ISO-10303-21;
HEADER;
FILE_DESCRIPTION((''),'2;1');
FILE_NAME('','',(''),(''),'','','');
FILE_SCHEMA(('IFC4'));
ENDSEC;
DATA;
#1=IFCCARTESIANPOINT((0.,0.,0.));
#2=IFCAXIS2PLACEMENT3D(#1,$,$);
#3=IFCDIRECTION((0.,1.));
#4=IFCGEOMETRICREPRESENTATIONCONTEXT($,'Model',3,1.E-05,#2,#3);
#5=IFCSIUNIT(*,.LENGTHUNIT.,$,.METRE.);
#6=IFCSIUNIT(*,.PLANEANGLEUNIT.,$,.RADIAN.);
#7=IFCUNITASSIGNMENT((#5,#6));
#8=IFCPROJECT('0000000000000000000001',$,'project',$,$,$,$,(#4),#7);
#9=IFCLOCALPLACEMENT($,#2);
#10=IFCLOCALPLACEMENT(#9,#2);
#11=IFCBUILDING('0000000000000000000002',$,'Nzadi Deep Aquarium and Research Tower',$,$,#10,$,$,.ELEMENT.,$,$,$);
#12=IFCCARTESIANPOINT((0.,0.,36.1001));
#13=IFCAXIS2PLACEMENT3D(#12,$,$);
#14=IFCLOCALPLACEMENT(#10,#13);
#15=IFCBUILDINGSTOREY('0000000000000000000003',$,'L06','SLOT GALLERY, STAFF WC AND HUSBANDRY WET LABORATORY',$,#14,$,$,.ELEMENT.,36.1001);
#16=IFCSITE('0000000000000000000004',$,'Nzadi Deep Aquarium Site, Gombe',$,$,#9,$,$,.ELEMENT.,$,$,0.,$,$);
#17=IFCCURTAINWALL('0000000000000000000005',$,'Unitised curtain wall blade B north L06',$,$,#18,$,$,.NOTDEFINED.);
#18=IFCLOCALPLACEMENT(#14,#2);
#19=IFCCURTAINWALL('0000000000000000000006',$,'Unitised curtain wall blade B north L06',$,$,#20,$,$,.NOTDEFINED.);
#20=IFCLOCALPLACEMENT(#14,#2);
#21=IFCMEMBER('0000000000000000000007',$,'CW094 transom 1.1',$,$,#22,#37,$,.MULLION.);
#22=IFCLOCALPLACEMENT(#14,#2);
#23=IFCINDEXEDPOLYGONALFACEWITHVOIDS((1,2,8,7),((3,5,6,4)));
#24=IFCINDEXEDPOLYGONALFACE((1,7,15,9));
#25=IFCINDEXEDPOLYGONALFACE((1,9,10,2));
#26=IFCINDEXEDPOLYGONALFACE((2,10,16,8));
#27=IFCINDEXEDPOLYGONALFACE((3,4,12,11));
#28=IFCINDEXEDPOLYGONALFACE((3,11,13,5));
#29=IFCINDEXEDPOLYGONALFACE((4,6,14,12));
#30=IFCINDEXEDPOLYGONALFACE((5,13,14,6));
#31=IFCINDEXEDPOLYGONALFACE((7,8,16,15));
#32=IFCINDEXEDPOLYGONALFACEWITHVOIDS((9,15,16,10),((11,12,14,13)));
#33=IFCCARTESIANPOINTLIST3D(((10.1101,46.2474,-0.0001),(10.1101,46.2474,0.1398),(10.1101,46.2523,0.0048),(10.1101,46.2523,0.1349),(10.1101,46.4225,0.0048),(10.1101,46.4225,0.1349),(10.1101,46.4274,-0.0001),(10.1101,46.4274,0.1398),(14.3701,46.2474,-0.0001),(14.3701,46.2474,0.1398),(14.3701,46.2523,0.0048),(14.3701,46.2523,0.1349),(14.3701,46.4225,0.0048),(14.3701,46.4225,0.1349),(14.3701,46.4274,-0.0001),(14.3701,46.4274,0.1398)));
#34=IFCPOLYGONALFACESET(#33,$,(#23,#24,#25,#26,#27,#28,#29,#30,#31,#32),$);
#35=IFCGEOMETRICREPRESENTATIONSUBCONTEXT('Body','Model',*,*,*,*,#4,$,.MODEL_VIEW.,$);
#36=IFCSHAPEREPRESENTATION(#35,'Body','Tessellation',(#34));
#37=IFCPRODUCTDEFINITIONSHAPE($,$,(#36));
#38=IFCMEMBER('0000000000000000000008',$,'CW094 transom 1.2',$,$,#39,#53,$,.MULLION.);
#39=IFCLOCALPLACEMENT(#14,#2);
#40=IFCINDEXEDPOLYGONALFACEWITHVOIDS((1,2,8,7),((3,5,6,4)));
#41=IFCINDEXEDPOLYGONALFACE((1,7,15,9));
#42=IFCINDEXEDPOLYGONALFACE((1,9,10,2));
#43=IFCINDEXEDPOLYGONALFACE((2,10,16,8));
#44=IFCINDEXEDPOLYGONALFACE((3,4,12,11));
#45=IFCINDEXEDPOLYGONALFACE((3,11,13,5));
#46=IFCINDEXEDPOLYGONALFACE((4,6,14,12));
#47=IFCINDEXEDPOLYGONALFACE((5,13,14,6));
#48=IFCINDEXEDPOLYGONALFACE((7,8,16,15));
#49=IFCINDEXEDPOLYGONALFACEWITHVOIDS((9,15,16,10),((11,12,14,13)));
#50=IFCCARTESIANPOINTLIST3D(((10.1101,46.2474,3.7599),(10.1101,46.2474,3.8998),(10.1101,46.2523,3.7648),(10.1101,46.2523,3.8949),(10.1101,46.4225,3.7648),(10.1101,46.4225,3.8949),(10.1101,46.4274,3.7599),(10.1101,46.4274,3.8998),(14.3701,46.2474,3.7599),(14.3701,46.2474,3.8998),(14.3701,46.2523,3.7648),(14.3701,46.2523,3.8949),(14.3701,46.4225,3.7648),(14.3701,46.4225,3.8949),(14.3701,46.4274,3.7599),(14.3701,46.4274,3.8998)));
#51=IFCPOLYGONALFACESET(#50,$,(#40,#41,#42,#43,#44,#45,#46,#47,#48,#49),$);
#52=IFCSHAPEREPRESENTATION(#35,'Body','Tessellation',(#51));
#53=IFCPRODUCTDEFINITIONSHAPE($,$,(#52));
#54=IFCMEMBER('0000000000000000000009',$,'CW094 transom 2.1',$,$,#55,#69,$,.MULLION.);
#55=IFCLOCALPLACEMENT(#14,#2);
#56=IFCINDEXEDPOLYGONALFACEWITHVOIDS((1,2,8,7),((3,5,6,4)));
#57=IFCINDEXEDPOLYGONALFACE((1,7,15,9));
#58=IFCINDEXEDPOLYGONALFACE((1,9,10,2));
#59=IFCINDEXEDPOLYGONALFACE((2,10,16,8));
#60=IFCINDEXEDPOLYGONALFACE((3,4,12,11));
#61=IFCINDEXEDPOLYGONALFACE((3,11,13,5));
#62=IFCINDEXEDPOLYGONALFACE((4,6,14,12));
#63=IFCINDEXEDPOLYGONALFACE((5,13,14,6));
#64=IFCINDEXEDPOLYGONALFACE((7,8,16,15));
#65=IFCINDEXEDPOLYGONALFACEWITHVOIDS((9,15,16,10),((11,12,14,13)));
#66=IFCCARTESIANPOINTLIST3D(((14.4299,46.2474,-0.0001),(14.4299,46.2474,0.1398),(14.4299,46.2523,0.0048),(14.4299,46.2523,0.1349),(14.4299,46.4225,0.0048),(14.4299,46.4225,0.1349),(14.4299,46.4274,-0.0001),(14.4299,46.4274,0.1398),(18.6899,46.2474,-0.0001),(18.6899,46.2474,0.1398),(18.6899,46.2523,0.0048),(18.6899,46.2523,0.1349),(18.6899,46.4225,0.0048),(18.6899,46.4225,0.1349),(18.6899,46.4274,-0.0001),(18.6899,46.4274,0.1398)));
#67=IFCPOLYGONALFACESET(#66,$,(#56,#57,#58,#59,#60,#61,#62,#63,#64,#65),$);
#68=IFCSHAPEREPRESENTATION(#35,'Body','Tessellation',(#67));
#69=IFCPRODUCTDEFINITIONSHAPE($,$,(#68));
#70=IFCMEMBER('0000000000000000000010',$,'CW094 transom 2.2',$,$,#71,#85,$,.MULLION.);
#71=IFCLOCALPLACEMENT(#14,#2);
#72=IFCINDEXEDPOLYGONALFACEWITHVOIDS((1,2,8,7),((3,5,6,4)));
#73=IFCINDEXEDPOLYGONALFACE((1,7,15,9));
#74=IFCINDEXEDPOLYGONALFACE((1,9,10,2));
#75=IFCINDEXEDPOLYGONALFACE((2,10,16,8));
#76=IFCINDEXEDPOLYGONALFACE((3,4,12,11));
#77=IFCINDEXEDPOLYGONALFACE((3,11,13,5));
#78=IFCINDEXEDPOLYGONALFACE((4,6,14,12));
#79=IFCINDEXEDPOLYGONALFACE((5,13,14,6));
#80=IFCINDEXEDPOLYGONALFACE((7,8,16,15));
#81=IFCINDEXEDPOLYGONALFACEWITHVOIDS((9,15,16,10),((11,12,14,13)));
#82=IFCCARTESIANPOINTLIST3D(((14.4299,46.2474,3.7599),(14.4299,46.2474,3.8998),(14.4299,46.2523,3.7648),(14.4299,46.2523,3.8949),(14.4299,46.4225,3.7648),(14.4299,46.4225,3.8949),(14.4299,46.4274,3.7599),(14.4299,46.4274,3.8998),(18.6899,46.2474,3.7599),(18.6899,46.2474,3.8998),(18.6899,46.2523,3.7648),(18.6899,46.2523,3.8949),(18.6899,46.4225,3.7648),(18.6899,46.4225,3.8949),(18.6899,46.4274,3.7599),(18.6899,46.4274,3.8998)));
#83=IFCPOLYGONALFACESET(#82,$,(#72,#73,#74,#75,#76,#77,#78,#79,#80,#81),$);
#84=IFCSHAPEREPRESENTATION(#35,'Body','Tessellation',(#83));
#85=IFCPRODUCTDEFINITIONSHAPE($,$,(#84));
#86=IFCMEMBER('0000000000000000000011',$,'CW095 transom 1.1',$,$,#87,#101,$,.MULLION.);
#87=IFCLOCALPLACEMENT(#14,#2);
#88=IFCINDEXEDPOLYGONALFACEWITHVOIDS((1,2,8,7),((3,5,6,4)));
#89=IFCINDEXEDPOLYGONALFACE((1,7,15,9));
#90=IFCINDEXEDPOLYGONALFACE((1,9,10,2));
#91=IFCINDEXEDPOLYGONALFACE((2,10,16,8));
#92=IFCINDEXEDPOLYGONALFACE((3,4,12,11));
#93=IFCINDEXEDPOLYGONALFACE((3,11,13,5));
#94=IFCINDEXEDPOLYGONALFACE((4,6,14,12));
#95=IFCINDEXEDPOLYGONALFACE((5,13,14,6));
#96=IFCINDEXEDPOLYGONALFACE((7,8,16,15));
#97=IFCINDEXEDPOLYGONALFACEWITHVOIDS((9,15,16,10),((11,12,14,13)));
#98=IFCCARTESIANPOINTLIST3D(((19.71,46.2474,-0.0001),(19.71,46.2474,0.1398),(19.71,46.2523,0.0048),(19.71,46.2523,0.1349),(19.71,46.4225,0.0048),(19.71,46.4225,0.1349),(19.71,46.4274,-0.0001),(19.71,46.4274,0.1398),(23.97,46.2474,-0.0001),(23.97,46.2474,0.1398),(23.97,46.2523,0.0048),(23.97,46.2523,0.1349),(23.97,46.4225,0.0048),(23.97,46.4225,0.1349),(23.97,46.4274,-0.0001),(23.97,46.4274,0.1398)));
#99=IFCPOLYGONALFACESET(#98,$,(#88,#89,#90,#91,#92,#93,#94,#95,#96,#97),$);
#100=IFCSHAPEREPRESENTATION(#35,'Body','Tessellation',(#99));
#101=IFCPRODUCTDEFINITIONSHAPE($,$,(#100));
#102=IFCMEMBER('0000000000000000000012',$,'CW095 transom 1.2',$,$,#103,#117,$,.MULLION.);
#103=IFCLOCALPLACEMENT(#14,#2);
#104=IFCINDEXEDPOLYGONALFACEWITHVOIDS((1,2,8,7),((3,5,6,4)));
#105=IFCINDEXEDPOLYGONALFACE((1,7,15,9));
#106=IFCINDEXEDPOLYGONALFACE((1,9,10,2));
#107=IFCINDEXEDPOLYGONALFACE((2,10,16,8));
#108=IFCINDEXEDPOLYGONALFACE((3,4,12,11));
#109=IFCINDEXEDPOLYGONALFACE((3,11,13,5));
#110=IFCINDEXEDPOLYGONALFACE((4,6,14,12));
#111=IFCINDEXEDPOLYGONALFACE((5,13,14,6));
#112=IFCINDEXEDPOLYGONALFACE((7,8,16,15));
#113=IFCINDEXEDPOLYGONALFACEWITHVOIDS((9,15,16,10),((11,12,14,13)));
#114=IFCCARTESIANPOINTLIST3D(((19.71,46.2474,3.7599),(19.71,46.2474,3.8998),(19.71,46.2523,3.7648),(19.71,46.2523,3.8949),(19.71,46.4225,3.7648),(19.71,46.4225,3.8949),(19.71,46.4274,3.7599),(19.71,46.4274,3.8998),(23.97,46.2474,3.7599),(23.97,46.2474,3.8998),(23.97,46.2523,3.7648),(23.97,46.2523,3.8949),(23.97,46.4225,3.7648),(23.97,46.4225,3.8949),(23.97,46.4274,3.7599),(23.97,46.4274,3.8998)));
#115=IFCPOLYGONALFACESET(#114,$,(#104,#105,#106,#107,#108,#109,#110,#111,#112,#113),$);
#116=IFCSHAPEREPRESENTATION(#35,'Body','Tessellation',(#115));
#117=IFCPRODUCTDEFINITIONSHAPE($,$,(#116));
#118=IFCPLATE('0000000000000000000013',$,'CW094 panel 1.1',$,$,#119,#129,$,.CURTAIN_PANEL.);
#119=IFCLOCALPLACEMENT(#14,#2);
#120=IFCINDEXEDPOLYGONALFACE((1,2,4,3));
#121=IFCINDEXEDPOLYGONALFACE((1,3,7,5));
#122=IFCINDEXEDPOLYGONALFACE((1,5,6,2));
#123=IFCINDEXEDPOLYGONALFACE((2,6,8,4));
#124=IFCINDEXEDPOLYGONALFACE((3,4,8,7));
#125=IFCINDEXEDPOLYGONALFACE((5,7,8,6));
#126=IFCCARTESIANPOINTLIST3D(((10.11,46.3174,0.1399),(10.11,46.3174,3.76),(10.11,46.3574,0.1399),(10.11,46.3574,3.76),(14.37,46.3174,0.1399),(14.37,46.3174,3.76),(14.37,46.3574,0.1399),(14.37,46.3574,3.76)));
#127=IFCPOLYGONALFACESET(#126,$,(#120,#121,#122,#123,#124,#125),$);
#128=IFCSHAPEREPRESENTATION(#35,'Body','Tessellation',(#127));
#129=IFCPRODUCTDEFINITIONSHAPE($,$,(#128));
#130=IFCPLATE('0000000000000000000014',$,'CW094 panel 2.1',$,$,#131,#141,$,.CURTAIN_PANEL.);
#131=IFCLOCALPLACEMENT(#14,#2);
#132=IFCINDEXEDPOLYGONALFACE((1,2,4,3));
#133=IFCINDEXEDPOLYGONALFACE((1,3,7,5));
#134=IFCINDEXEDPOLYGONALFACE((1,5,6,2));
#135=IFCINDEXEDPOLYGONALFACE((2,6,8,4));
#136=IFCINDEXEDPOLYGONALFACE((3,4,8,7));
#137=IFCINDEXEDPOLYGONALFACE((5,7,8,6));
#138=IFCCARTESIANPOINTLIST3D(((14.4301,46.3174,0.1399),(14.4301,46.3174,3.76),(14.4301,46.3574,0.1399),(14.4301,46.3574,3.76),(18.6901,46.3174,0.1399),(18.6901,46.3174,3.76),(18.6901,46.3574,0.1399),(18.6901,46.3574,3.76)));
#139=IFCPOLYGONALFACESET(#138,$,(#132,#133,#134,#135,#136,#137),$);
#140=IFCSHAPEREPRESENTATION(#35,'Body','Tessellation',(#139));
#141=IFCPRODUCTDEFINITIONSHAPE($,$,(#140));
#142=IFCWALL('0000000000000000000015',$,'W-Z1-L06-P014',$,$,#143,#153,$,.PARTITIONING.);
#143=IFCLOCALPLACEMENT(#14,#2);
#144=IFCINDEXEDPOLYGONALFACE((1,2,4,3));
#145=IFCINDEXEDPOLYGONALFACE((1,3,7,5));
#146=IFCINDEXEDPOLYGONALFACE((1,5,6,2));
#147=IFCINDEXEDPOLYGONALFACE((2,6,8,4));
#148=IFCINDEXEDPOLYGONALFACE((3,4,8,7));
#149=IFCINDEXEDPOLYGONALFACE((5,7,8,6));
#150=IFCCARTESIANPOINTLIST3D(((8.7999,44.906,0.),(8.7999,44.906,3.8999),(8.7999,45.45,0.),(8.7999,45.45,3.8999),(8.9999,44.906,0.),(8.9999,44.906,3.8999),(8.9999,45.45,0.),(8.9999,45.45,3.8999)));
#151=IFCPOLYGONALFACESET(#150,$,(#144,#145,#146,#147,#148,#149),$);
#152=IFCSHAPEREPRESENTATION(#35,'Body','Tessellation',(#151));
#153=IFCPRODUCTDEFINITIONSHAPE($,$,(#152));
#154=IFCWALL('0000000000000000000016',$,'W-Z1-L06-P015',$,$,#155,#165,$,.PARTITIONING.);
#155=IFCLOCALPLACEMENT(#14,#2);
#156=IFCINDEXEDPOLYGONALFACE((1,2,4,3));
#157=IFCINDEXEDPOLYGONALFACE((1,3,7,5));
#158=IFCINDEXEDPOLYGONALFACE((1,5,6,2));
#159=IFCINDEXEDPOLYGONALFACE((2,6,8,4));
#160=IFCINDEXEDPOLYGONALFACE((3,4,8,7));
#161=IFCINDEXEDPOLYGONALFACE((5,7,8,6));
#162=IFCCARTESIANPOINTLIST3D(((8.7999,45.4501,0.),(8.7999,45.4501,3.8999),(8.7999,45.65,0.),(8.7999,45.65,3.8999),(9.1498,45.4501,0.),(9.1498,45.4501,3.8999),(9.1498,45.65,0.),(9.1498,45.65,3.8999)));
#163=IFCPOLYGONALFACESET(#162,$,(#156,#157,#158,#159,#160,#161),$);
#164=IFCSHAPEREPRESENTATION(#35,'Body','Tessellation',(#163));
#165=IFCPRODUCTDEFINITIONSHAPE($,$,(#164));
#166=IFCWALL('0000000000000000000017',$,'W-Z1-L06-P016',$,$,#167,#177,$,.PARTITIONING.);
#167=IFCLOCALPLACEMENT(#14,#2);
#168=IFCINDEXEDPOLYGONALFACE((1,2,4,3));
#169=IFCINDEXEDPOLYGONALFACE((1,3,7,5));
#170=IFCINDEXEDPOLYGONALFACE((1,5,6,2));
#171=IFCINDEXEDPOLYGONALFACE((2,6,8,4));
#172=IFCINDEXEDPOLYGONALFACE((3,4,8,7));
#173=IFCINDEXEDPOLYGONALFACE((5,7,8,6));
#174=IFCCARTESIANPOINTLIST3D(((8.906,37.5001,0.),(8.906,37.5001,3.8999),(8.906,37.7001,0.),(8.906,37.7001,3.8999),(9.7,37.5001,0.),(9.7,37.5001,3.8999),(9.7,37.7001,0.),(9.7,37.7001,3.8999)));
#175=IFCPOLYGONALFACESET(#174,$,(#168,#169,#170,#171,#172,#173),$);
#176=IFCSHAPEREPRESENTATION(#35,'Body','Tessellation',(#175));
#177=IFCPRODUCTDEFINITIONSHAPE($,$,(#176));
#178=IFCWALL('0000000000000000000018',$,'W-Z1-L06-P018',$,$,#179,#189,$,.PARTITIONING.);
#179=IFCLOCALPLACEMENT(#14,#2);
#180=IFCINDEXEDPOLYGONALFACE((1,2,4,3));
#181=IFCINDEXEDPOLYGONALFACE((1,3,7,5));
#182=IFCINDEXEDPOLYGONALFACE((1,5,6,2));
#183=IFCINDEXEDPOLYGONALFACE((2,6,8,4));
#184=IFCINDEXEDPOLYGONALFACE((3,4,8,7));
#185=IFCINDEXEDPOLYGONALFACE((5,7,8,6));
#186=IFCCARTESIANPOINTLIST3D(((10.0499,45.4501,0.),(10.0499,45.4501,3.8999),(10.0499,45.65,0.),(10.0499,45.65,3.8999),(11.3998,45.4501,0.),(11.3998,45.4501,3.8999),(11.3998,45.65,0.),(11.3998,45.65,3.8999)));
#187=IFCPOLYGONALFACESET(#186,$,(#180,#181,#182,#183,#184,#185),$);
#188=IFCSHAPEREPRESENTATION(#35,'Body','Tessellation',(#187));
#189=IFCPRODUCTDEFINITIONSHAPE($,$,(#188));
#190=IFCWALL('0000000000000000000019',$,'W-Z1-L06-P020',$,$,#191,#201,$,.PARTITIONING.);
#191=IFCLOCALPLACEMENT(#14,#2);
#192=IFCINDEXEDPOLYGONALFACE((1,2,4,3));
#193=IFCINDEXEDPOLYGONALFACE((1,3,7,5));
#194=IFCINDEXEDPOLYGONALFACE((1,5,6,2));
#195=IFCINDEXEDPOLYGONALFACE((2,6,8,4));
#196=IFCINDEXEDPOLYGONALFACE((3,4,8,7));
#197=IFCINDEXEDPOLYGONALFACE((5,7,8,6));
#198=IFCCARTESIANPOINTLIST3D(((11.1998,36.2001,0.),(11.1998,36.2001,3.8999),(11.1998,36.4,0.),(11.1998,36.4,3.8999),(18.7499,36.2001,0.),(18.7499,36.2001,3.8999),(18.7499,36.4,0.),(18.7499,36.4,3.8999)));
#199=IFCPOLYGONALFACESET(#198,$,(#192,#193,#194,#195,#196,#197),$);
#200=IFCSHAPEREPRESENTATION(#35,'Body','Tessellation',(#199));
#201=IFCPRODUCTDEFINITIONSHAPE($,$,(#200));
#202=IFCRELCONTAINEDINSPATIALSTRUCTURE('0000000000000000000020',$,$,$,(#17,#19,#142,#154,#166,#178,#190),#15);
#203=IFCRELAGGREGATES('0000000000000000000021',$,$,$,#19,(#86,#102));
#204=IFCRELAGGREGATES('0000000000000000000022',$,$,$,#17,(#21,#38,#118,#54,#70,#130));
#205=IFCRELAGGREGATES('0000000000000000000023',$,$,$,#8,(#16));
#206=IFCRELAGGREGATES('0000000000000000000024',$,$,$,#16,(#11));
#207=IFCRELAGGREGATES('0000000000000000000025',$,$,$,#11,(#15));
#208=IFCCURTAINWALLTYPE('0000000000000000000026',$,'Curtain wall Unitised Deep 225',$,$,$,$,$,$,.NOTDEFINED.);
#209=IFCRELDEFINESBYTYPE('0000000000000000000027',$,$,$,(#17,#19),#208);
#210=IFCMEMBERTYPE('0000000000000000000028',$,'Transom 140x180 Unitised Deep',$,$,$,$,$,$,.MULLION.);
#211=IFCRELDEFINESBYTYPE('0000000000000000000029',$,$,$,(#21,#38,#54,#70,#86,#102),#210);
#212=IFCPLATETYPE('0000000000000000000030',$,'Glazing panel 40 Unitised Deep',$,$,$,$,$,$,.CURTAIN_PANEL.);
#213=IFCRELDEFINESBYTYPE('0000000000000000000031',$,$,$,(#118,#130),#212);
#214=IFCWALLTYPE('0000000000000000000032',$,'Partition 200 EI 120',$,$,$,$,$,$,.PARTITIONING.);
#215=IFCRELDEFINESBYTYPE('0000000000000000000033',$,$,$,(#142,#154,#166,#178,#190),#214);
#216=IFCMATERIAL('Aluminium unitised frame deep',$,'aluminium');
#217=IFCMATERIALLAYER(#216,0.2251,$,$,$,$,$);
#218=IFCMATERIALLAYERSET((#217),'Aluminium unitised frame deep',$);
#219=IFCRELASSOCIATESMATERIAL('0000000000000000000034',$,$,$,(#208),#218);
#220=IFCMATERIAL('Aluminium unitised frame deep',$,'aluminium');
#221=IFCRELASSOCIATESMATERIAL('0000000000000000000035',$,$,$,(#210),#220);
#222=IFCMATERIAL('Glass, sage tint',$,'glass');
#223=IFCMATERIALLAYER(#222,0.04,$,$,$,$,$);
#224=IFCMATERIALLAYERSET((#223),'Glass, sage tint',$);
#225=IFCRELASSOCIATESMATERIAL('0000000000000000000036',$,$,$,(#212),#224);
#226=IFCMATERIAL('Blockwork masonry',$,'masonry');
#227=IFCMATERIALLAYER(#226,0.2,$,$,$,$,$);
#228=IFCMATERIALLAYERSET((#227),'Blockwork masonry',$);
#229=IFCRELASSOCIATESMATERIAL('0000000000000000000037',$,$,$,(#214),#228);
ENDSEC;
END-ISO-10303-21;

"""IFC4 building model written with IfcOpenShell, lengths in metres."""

from ifc_helpers import new_model, si_unit, direction, frame, frame_2d, origin, origin_2d, place, context, subcontext, project, spatial, rectangle, hollow_rectangle, extrude, material, layer, layer_set, material_profile, profile_set, type_object, element, aggregate, save


model = new_model("IFC4")

# Units and contexts
model_context = context("Model", 3, precision=1e-05, world=origin(), true_north=direction((0.0, 1.0)))
body_context = subcontext(model_context, "Body", "Model", "MODEL_VIEW")
ifc_project = project(units=[si_unit("LENGTHUNIT", "METRE"), si_unit("PLANEANGLEUNIT", "RADIAN")], contexts=[model_context])

# Site, building, storey
site_placement = place(None, origin())
site = spatial("IfcSite", under=ifc_project, at=site_placement, Name="Nzadi Deep Aquarium Site, Gombe", CompositionType="ELEMENT", RefElevation=0.0)
building_placement = place(site_placement, origin())
building = spatial("IfcBuilding", under=site, at=building_placement, Name="Nzadi Deep Aquarium and Research Tower", CompositionType="ELEMENT")
storey_placement = place(building_placement, frame((0.0, 0.0, 36.1001)))
storey = spatial("IfcBuildingStorey", under=building, at=storey_placement, Name="L06", Description="SLOT GALLERY, STAFF WC AND HUSBANDRY WET LABORATORY", CompositionType="ELEMENT", Elevation=36.1001)

# Shared definitions
ifc_material_1 = material(Name="Aluminium unitised frame deep", Category="aluminium")
ifc_layer_1 = layer(ifc_material_1, 0.2251)
ifc_layer_set_1 = layer_set([ifc_layer_1], Name="Aluminium unitised frame deep")
curtain_wall_type = type_object("IfcCurtainWallType", Name="Curtain wall Unitised Deep 225", PredefinedType="NOTDEFINED", material=ifc_layer_set_1)

# Curtain wall
curtain_wall_1_placement = place(storey_placement, origin())
curtain_wall_1 = element("IfcCurtainWall", 1, at=curtain_wall_1_placement, inside=storey, type_object=curtain_wall_type, Name="Unitised curtain wall blade B north L06", PredefinedType="NOTDEFINED")

# Curtain wall
curtain_wall_2_placement = place(storey_placement, origin())
curtain_wall_2 = element("IfcCurtainWall", 2, at=curtain_wall_2_placement, inside=storey, type_object=curtain_wall_type, Name="Unitised curtain wall blade B north L06", PredefinedType="NOTDEFINED")

# Members
ifc_material_2 = material(Name="Aluminium unitised frame deep", Category="aluminium")
ifc_material_profile_1 = material_profile(ifc_material_2, hollow_rectangle(XDim=0.1799, YDim=0.1399, WallThickness=0.0049, at=origin_2d()))
ifc_profile_set_1 = profile_set([ifc_material_profile_1], Name="Aluminium unitised frame deep")
member_type_1 = type_object("IfcMemberType", Name="Transom 140x180 Unitised Deep", PredefinedType="MULLION", material=ifc_profile_set_1)
member_1_placement = place(storey_placement, frame((10.1101, 46.3374, 0.0698), z_axis=(1.0, 0.0, 0.0), x_axis=(0.0, 1.0, 0.0)))
member_1 = element("IfcMember", 3, at=member_1_placement, type_object=member_type_1, Name="CW094 transom 1.1", PredefinedType="MULLION", context=body_context, shape_type="SweptSolid", body=[
    extrude(hollow_rectangle(XDim=0.1799, YDim=0.1399, WallThickness=0.0049, at=origin_2d()), origin(), (0.0, 0.0, 1.0), 4.26),
])
member_2_placement = place(storey_placement, frame((10.1101, 46.3374, 3.8298), z_axis=(1.0, 0.0, 0.0), x_axis=(0.0, 1.0, 0.0)))
member_2 = element("IfcMember", 4, at=member_2_placement, type_object=member_type_1, Name="CW094 transom 1.2", PredefinedType="MULLION", context=body_context, shape_type="SweptSolid", body=[
    extrude(hollow_rectangle(XDim=0.1799, YDim=0.1399, WallThickness=0.0049, at=origin_2d()), origin(), (0.0, 0.0, 1.0), 4.26),
])
member_3_placement = place(storey_placement, frame((14.4299, 46.3374, 0.0698), z_axis=(1.0, 0.0, 0.0), x_axis=(0.0, 1.0, 0.0)))
member_3 = element("IfcMember", 5, at=member_3_placement, type_object=member_type_1, Name="CW094 transom 2.1", PredefinedType="MULLION", context=body_context, shape_type="SweptSolid", body=[
    extrude(hollow_rectangle(XDim=0.1799, YDim=0.1399, WallThickness=0.0049, at=origin_2d()), origin(), (0.0, 0.0, 1.0), 4.26),
])
member_4_placement = place(storey_placement, frame((14.4299, 46.3374, 3.8298), z_axis=(1.0, 0.0, 0.0), x_axis=(0.0, 1.0, 0.0)))
member_4 = element("IfcMember", 6, at=member_4_placement, type_object=member_type_1, Name="CW094 transom 2.2", PredefinedType="MULLION", context=body_context, shape_type="SweptSolid", body=[
    extrude(hollow_rectangle(XDim=0.1799, YDim=0.1399, WallThickness=0.0049, at=origin_2d()), origin(), (0.0, 0.0, 1.0), 4.26),
])
member_5_placement = place(storey_placement, frame((19.71, 46.3374, 0.0698), z_axis=(1.0, 0.0, 0.0), x_axis=(0.0, 1.0, 0.0)))
member_5 = element("IfcMember", 7, at=member_5_placement, type_object=member_type_1, Name="CW095 transom 1.1", PredefinedType="MULLION", context=body_context, shape_type="SweptSolid", body=[
    extrude(hollow_rectangle(XDim=0.1799, YDim=0.1399, WallThickness=0.0049, at=origin_2d()), origin(), (0.0, 0.0, 1.0), 4.26),
])
member_6_placement = place(storey_placement, frame((19.71, 46.3374, 3.8298), z_axis=(1.0, 0.0, 0.0), x_axis=(0.0, 1.0, 0.0)))
member_6 = element("IfcMember", 8, at=member_6_placement, type_object=member_type_1, Name="CW095 transom 1.2", PredefinedType="MULLION", context=body_context, shape_type="SweptSolid", body=[
    extrude(hollow_rectangle(XDim=0.1799, YDim=0.1399, WallThickness=0.0049, at=origin_2d()), origin(), (0.0, 0.0, 1.0), 4.26),
])
aggregate(curtain_wall_2, [member_5, member_6])

# Plates
ifc_material_3 = material(Name="Glass, sage tint", Category="glass")
ifc_layer_2 = layer(ifc_material_3, 0.04)
ifc_layer_set_2 = layer_set([ifc_layer_2], Name="Glass, sage tint")
plate_type = type_object("IfcPlateType", Name="Glazing panel 40 Unitised Deep", PredefinedType="CURTAIN_PANEL", material=ifc_layer_set_2)
plate_1_placement = place(storey_placement, frame((12.24, 46.3374, 0.1399), z_axis=(0.0, 0.0, 1.0), x_axis=(1.0, 0.0, 0.0)))
plate_1 = element("IfcPlate", 9, at=plate_1_placement, type_object=plate_type, Name="CW094 panel 1.1", PredefinedType="CURTAIN_PANEL", context=body_context, shape_type="SweptSolid", body=[
    extrude(rectangle(XDim=4.26, YDim=0.04, at=origin_2d()), origin(), (0.0, 0.0, 1.0), 3.6201),
])
plate_2_placement = place(storey_placement, frame((16.5601, 46.3374, 0.1399), z_axis=(0.0, 0.0, 1.0), x_axis=(1.0, 0.0, 0.0)))
plate_2 = element("IfcPlate", 10, at=plate_2_placement, type_object=plate_type, Name="CW094 panel 2.1", PredefinedType="CURTAIN_PANEL", context=body_context, shape_type="SweptSolid", body=[
    extrude(rectangle(XDim=4.26, YDim=0.04, at=origin_2d()), origin(), (0.0, 0.0, 1.0), 3.6201),
])
aggregate(curtain_wall_1, [member_1, member_2, plate_1, member_3, member_4, plate_2])

# Walls
ifc_material_4 = material(Name="Blockwork masonry", Category="masonry")
ifc_layer_3 = layer(ifc_material_4, 0.2)
ifc_layer_set_3 = layer_set([ifc_layer_3], Name="Blockwork masonry")
wall_type_1 = type_object("IfcWallType", Name="Partition 200 EI 120", PredefinedType="PARTITIONING", material=ifc_layer_set_3)
wall_1_placement = place(storey_placement, frame((8.8999, 44.906, 0.0), z_axis=(0.0, 0.0, 1.0), x_axis=(0.0, 1.0, 0.0)))
element("IfcWall", 11, at=wall_1_placement, inside=storey, type_object=wall_type_1, Name="W-Z1-L06-P014", PredefinedType="PARTITIONING", context=body_context, shape_type="SweptSolid", body=[
    extrude(rectangle(XDim=0.5439, YDim=0.2, at=frame_2d((0.272, 0.0))), origin(), (0.0, 0.0, 1.0), 3.8999),
])
wall_2_placement = place(storey_placement, frame((8.8, 45.55, 0.0), z_axis=(0.0, 0.0, 1.0), x_axis=(1.0, 0.0, 0.0)))
element("IfcWall", 12, at=wall_2_placement, inside=storey, type_object=wall_type_1, Name="W-Z1-L06-P015", PredefinedType="PARTITIONING", context=body_context, shape_type="SweptSolid", body=[
    extrude(rectangle(XDim=0.3499, YDim=0.2, at=frame_2d((0.1748, 0.0))), origin(), (0.0, 0.0, 1.0), 3.8999),
])
wall_3_placement = place(storey_placement, frame((8.906, 37.6001, 0.0), z_axis=(0.0, 0.0, 1.0), x_axis=(1.0, 0.0, 0.0)))
element("IfcWall", 13, at=wall_3_placement, inside=storey, type_object=wall_type_1, Name="W-Z1-L06-P016", PredefinedType="PARTITIONING", context=body_context, shape_type="SweptSolid", body=[
    extrude(rectangle(XDim=0.7939, YDim=0.2, at=frame_2d((0.397, 0.0))), origin(), (0.0, 0.0, 1.0), 3.8999),
])
wall_4_placement = place(storey_placement, frame((10.05, 45.55, 0.0), z_axis=(0.0, 0.0, 1.0), x_axis=(1.0, 0.0, 0.0)))
element("IfcWall", 14, at=wall_4_placement, inside=storey, type_object=wall_type_1, Name="W-Z1-L06-P018", PredefinedType="PARTITIONING", context=body_context, shape_type="SweptSolid", body=[
    extrude(rectangle(XDim=1.3499, YDim=0.2, at=frame_2d((0.6748, 0.0))), origin(), (0.0, 0.0, 1.0), 3.8999),
])
wall_5_placement = place(storey_placement, frame((11.2, 36.3, 0.0), z_axis=(0.0, 0.0, 1.0), x_axis=(1.0, 0.0, 0.0)))
element("IfcWall", 15, at=wall_5_placement, inside=storey, type_object=wall_type_1, Name="W-Z1-L06-P020", PredefinedType="PARTITIONING", context=body_context, shape_type="SweptSolid", body=[
    extrude(rectangle(XDim=7.55, YDim=0.2, at=frame_2d((3.7749, 0.0))), origin(), (0.0, 0.0, 1.0), 3.8999),
])

save(model, "model.ifc")
